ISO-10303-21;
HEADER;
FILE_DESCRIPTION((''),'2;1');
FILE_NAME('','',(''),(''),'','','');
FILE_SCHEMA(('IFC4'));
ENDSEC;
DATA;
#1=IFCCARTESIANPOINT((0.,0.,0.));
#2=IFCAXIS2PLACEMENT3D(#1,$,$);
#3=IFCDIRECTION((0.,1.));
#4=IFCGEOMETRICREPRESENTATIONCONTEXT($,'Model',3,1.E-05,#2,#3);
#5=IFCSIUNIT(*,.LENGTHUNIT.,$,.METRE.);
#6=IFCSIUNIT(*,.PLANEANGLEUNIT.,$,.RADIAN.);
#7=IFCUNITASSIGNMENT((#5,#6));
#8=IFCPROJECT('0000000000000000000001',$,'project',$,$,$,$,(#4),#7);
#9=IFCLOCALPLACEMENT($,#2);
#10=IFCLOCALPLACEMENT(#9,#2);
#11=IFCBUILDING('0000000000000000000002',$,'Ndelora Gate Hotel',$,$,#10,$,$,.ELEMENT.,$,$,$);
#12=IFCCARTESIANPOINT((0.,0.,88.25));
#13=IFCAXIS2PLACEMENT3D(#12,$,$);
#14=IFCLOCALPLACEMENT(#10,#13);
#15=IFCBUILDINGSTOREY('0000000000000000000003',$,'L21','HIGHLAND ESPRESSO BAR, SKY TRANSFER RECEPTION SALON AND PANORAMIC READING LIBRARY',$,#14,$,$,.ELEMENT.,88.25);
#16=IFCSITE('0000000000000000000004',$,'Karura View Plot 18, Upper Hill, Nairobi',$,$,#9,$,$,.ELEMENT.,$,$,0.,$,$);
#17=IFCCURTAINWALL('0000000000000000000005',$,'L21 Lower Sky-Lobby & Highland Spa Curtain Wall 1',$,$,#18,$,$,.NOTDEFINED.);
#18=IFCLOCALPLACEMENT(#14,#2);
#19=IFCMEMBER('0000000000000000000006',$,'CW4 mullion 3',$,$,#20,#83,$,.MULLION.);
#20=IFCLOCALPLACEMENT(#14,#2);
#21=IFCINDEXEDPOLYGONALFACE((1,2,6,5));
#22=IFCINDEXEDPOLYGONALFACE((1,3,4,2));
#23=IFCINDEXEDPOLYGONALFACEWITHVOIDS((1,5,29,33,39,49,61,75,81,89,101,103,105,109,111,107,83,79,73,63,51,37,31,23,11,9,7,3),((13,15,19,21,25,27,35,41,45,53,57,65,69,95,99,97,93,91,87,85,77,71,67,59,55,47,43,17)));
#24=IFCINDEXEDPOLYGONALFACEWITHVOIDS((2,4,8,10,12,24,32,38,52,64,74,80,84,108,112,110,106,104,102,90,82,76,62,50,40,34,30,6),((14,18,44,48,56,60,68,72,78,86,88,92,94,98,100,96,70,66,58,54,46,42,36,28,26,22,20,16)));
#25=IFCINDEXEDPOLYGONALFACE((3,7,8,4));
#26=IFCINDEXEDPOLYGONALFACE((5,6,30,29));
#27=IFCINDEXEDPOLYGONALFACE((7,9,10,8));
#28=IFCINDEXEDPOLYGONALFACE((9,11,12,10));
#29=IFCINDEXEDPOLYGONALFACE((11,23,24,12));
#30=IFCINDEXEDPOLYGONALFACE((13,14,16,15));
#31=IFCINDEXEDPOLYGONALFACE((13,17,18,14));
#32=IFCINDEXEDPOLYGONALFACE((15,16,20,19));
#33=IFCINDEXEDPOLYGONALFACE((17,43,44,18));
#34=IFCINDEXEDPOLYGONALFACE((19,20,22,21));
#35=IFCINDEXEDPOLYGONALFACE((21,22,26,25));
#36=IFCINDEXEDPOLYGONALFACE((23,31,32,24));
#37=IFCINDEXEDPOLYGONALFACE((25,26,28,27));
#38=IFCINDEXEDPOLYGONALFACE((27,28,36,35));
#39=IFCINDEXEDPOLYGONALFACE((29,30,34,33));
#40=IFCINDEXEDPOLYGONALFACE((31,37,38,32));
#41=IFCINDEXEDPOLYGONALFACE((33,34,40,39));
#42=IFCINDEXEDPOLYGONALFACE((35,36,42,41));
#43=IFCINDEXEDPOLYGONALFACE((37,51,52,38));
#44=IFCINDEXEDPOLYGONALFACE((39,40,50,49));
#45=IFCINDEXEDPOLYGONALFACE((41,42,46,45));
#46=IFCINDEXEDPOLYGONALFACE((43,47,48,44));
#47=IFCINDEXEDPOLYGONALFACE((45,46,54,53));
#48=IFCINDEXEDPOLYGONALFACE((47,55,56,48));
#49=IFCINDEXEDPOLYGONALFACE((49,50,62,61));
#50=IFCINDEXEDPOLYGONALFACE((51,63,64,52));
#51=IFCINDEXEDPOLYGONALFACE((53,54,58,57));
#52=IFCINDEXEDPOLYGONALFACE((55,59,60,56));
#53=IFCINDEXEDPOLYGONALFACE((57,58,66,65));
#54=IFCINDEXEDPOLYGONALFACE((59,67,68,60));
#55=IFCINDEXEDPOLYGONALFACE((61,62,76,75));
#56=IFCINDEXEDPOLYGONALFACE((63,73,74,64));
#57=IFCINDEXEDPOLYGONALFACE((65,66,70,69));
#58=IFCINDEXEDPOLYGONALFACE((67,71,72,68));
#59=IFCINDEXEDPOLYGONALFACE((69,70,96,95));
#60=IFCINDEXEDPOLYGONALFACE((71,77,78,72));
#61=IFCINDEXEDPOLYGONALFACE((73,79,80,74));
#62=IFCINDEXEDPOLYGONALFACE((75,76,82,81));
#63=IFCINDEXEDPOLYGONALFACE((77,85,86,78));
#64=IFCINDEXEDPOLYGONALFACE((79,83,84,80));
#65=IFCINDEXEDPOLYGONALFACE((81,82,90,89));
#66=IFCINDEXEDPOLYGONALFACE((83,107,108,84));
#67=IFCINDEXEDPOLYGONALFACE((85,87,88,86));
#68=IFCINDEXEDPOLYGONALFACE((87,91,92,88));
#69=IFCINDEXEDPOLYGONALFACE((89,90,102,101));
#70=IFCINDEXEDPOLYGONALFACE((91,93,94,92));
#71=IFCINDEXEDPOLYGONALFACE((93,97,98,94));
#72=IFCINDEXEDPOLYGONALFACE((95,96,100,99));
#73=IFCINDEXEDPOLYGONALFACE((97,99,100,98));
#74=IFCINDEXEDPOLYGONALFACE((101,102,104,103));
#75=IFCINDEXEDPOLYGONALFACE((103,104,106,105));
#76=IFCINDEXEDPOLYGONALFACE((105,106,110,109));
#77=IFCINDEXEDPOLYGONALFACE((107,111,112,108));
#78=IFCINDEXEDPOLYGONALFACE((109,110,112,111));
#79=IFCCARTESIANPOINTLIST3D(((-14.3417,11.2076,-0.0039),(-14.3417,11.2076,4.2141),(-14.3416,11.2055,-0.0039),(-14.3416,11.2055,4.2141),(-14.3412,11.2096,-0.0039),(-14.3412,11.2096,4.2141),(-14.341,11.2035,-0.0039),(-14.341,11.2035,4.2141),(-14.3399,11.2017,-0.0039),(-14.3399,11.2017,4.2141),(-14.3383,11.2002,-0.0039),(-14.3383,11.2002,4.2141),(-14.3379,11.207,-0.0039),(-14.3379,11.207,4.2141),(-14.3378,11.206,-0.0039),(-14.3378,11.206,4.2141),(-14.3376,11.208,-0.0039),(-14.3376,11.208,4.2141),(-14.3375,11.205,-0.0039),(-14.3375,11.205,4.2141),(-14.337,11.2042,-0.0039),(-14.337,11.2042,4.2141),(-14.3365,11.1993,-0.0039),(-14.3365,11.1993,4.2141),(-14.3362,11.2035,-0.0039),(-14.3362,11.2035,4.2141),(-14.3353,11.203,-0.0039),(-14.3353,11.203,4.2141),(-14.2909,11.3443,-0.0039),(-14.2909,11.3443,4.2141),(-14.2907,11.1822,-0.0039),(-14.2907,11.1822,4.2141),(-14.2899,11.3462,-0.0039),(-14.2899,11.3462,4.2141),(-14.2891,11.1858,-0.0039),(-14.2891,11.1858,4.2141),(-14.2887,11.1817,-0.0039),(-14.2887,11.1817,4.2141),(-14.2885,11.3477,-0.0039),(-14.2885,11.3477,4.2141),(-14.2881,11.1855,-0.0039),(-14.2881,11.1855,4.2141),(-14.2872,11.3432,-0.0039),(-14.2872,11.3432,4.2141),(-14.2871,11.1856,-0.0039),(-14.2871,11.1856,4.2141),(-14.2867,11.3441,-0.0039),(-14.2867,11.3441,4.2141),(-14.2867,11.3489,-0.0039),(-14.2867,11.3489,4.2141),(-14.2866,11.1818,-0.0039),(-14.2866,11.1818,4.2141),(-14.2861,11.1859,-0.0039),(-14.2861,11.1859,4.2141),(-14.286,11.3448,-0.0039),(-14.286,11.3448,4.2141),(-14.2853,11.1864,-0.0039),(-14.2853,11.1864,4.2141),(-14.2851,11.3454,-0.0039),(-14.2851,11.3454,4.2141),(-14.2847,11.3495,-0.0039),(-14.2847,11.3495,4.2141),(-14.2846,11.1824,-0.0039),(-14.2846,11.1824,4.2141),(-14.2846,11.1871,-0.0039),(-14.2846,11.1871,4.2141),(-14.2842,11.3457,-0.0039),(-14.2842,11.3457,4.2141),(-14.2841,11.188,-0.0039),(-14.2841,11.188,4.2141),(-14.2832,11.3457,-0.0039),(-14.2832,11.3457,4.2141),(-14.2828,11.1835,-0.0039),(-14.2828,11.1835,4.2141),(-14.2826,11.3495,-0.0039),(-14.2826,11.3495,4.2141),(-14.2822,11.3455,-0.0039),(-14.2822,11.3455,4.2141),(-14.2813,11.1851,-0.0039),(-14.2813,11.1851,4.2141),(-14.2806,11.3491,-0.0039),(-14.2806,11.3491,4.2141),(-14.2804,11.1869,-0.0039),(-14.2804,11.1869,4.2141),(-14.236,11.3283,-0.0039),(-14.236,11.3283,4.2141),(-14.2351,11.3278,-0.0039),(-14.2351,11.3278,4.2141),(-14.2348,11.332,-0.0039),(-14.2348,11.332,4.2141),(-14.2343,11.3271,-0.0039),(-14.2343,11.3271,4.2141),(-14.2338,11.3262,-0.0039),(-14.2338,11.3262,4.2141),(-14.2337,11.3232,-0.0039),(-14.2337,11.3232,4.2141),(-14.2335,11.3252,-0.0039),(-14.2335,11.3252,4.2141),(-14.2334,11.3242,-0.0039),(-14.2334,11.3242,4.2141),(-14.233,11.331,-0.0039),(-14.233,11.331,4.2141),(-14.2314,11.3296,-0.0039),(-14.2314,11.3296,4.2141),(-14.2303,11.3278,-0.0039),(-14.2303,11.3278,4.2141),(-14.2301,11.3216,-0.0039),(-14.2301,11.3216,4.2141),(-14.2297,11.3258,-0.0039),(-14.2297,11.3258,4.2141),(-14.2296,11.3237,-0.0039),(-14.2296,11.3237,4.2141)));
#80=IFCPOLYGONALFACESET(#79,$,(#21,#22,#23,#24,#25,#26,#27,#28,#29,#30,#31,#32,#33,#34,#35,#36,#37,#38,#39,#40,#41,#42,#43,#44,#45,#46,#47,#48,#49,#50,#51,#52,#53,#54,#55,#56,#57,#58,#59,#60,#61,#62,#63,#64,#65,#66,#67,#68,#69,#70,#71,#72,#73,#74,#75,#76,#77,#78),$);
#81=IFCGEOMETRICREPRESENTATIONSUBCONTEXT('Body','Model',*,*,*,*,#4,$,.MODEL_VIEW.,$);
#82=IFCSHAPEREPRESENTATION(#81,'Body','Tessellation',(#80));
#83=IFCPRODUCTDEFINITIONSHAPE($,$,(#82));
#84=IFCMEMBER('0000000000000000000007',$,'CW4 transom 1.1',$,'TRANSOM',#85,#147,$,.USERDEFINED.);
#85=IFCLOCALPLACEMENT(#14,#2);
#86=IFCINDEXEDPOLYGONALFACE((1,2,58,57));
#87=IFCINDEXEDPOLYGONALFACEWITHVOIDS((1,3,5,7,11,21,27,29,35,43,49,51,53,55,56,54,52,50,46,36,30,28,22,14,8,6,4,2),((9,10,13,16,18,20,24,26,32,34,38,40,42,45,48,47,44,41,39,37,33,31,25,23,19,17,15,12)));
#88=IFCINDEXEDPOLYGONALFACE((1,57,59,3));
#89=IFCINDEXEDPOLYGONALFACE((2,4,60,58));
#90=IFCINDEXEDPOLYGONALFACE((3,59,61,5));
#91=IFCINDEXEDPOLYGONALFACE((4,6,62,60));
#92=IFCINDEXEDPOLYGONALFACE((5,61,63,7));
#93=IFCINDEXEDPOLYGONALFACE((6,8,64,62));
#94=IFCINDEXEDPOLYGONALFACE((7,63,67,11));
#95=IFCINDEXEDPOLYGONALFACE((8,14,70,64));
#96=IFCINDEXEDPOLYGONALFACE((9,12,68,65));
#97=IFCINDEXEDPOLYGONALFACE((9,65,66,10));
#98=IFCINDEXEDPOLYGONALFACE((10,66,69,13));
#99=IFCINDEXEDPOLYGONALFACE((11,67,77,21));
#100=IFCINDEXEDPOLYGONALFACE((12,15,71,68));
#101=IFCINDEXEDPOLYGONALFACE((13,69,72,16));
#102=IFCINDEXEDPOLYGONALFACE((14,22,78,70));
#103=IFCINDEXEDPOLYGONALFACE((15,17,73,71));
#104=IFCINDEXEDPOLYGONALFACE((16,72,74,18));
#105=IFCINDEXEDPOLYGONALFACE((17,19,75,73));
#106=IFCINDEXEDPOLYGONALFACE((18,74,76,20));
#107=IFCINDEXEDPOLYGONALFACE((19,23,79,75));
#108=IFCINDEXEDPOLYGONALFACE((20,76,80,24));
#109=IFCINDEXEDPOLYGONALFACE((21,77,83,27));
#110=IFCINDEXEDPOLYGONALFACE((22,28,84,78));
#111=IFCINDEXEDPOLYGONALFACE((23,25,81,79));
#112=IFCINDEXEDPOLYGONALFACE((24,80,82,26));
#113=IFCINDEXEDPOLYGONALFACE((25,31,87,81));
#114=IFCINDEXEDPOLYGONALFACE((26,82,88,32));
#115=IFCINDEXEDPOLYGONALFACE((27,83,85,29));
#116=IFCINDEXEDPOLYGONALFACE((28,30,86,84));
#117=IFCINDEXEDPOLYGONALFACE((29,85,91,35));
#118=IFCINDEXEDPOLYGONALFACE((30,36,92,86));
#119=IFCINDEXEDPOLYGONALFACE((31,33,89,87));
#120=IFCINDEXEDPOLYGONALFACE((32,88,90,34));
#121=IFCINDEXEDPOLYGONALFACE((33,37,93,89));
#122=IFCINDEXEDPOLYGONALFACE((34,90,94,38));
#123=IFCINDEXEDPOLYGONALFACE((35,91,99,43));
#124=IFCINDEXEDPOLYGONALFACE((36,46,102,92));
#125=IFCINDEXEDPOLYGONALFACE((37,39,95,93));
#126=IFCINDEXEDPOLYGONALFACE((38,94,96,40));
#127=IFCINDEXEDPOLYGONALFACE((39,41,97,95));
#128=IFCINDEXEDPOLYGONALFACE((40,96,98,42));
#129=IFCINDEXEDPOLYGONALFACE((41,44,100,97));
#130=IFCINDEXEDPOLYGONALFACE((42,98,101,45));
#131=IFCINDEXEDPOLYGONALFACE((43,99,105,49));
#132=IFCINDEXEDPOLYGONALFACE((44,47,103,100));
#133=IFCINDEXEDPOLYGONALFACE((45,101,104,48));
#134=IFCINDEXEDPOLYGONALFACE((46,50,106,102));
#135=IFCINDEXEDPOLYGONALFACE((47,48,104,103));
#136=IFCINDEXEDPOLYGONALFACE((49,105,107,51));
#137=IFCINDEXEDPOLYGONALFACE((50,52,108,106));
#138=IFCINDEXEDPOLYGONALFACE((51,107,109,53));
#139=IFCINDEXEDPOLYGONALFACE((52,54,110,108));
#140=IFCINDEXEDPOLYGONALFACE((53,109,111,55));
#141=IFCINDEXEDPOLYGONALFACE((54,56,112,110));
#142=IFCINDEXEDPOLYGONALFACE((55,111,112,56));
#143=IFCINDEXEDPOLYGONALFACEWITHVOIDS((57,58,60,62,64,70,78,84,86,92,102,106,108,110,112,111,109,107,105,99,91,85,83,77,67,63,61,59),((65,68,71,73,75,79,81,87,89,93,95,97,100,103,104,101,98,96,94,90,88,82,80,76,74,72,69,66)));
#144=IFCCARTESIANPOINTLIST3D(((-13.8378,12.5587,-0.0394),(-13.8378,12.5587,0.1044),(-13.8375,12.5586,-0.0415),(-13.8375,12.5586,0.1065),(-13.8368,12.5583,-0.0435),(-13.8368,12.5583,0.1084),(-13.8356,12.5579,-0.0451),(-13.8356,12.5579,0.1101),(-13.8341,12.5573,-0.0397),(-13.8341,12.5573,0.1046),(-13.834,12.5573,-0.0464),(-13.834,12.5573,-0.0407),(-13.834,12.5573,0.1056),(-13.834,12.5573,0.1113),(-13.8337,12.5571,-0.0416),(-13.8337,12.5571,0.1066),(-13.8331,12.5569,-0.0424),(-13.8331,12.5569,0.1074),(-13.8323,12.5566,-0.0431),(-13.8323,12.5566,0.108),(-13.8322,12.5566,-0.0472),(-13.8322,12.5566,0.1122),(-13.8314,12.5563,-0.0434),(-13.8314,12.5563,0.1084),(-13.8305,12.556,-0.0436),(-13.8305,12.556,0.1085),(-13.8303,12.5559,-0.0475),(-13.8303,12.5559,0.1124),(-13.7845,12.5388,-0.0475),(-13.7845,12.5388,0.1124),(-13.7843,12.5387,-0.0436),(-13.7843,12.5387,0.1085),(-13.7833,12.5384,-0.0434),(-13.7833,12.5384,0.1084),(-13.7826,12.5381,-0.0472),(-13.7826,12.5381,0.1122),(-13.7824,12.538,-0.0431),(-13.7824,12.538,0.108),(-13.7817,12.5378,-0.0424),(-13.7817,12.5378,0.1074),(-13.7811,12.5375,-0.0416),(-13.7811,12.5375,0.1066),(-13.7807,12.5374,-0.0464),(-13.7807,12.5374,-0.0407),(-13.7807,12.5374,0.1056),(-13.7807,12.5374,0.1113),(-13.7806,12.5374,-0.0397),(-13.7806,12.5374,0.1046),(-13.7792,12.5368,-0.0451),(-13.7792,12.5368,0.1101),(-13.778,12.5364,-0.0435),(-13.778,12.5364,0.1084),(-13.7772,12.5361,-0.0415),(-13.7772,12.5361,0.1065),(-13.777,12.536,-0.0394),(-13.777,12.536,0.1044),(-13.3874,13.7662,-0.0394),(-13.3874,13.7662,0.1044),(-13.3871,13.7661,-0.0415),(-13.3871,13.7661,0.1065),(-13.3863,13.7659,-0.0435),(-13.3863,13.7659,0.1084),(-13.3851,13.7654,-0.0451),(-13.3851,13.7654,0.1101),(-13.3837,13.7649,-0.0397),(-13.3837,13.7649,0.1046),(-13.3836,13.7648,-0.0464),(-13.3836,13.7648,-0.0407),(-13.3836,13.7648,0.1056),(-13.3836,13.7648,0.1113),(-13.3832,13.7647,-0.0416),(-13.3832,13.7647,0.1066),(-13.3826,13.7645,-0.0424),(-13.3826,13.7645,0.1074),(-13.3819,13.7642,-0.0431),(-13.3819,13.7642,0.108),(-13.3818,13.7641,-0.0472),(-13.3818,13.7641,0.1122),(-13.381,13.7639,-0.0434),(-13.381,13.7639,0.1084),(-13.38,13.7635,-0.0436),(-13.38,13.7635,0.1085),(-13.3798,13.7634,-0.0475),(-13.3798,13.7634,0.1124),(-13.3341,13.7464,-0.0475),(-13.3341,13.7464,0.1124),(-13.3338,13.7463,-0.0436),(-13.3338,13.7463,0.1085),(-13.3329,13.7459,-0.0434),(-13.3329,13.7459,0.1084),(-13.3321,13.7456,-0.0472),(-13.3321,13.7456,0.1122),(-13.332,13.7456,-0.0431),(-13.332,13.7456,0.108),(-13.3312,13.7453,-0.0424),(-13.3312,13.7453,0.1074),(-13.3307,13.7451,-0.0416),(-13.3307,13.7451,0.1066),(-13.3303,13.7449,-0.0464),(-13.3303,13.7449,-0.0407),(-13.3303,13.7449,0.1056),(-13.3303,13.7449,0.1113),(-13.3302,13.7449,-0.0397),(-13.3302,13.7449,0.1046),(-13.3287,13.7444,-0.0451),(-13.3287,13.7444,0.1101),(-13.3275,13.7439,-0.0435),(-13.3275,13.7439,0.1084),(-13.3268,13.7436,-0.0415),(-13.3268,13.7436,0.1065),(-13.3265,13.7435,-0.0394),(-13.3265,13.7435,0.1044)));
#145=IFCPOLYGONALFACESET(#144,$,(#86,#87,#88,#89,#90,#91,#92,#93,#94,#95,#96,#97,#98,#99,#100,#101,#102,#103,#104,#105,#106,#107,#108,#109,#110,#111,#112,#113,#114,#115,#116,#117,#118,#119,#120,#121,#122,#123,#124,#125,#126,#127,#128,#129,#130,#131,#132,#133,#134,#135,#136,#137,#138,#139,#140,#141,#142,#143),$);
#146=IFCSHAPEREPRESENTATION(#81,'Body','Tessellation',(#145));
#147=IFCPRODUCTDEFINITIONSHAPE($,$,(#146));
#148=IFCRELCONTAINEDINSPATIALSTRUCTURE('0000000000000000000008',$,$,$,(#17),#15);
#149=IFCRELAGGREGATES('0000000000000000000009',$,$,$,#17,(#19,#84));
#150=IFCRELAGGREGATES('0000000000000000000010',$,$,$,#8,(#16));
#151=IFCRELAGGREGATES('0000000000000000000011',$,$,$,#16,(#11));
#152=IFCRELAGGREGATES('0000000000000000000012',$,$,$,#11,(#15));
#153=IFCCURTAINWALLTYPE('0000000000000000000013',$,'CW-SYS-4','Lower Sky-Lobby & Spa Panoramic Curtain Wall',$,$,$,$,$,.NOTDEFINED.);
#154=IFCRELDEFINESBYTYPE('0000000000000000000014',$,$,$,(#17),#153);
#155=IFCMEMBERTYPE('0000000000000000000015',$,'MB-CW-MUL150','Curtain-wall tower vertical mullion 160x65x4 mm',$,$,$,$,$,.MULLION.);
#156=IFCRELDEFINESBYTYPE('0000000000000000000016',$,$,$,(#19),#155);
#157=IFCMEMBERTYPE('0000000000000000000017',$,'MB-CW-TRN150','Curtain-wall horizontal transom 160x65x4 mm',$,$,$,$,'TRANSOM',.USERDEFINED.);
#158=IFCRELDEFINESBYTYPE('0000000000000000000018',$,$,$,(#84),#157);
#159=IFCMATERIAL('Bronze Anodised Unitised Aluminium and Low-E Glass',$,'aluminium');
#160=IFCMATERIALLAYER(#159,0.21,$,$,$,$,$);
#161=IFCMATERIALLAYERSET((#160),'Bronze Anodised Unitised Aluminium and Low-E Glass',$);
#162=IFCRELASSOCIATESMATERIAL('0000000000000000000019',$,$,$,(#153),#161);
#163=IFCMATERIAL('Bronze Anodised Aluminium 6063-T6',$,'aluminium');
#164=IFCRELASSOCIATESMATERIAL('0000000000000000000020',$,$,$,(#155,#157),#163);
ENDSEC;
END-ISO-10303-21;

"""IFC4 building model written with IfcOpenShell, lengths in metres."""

from ifc_helpers import new_model, si_unit, direction, frame, origin, origin_2d, place, context, subcontext, project, spatial, hollow_rectangle, extrude, material, layer, layer_set, material_profile, profile_set, type_object, element, aggregate, save


model = new_model("IFC4")

# Units and contexts
model_context = context("Model", 3, precision=1e-05, world=origin(), true_north=direction((0.0, 1.0)))
body_context = subcontext(model_context, "Body", "Model", "MODEL_VIEW")
ifc_project = project(units=[si_unit("LENGTHUNIT", "METRE"), si_unit("PLANEANGLEUNIT", "RADIAN")], contexts=[model_context])

# Site, building, storey
site_placement = place(None, origin())
site = spatial("IfcSite", under=ifc_project, at=site_placement, Name="Karura View Plot 18, Upper Hill, Nairobi", CompositionType="ELEMENT", RefElevation=0.0)
building_placement = place(site_placement, origin())
building = spatial("IfcBuilding", under=site, at=building_placement, Name="Ndelora Gate Hotel", CompositionType="ELEMENT")
storey_placement = place(building_placement, frame((0.0, 0.0, 88.25)))
storey = spatial("IfcBuildingStorey", under=building, at=storey_placement, Name="L21", Description="HIGHLAND ESPRESSO BAR, SKY TRANSFER RECEPTION SALON AND PANORAMIC READING LIBRARY", CompositionType="ELEMENT", Elevation=88.25)

# Curtain wall, members
ifc_material_1 = material(Name="Bronze Anodised Unitised Aluminium and Low-E Glass", Category="aluminium")
ifc_layer_1 = layer(ifc_material_1, 0.21)
ifc_layer_set_1 = layer_set([ifc_layer_1], Name="Bronze Anodised Unitised Aluminium and Low-E Glass")
curtain_wall_type = type_object("IfcCurtainWallType", Name="CW-SYS-4", Description="Lower Sky-Lobby & Spa Panoramic Curtain Wall", PredefinedType="NOTDEFINED", material=ifc_layer_set_1)
curtain_wall_placement = place(storey_placement, origin())
curtain_wall = element("IfcCurtainWall", 1, at=curtain_wall_placement, inside=storey, type_object=curtain_wall_type, Name="L21 Lower Sky-Lobby & Highland Spa Curtain Wall 1", PredefinedType="NOTDEFINED")
ifc_material_2 = material(Name="Bronze Anodised Aluminium 6063-T6", Category="aluminium")
ifc_material_profile_1 = material_profile(ifc_material_2, hollow_rectangle(XDim=0.0649, YDim=0.1599, WallThickness=0.0039, InnerFilletRadius=0.0039, OuterFilletRadius=0.0081, at=origin_2d()), Name="ALU 160x65x4")
ifc_profile_set_1 = profile_set([ifc_material_profile_1], Name="Bronze Anodised Aluminium 6063-T6")
member_type_1 = type_object("IfcMemberType", Name="MB-CW-MUL150", Description="Curtain-wall tower vertical mullion 160x65x4 mm", PredefinedType="MULLION", material=ifc_profile_set_1)
member_1_placement = place(storey_placement, frame((-14.2856, 11.2656, -0.0039), z_axis=(0.0, 0.0, 1.0), x_axis=(0.936889, -0.349628, 0.0)))
member_1 = element("IfcMember", 2, at=member_1_placement, type_object=member_type_1, Name="CW4 mullion 3", PredefinedType="MULLION", context=body_context, shape_type="SweptSolid", body=[
    extrude(hollow_rectangle(XDim=0.0649, YDim=0.1599, WallThickness=0.0039, InnerFilletRadius=0.0039, OuterFilletRadius=0.0081, at=origin_2d()), origin(), (0.0, 0.0, 1.0), 4.218),
])
ifc_material_profile_2 = material_profile(ifc_material_2, hollow_rectangle(XDim=0.0649, YDim=0.1599, WallThickness=0.0039, InnerFilletRadius=0.0039, OuterFilletRadius=0.0081, at=origin_2d()), Name="ALU 160x65x4")
ifc_profile_set_2 = profile_set([ifc_material_profile_2], Name="Bronze Anodised Aluminium 6063-T6")
member_type_2 = type_object("IfcMemberType", Name="MB-CW-TRN150", Description="Curtain-wall horizontal transom 160x65x4 mm", ElementType="TRANSOM", PredefinedType="USERDEFINED", material=ifc_profile_set_2)
member_2_placement = place(storey_placement, frame((-13.3569, 13.7549, 0.0325), z_axis=(-0.349504, -0.936935, 0.0), x_axis=(0.936935, -0.349504, 0.0)))
member_2 = element("IfcMember", 3, at=member_2_placement, type_object=member_type_2, Name="CW4 transom 1.1", ObjectType="TRANSOM", PredefinedType="USERDEFINED", context=body_context, shape_type="SweptSolid", body=[
    extrude(hollow_rectangle(XDim=0.0649, YDim=0.1599, WallThickness=0.0039, InnerFilletRadius=0.0039, OuterFilletRadius=0.0081, at=origin_2d()), origin(), (0.0, 0.0, 1.0), 1.2888),
])
aggregate(curtain_wall, [member_1, member_2])

save(model, "model.ifc")
